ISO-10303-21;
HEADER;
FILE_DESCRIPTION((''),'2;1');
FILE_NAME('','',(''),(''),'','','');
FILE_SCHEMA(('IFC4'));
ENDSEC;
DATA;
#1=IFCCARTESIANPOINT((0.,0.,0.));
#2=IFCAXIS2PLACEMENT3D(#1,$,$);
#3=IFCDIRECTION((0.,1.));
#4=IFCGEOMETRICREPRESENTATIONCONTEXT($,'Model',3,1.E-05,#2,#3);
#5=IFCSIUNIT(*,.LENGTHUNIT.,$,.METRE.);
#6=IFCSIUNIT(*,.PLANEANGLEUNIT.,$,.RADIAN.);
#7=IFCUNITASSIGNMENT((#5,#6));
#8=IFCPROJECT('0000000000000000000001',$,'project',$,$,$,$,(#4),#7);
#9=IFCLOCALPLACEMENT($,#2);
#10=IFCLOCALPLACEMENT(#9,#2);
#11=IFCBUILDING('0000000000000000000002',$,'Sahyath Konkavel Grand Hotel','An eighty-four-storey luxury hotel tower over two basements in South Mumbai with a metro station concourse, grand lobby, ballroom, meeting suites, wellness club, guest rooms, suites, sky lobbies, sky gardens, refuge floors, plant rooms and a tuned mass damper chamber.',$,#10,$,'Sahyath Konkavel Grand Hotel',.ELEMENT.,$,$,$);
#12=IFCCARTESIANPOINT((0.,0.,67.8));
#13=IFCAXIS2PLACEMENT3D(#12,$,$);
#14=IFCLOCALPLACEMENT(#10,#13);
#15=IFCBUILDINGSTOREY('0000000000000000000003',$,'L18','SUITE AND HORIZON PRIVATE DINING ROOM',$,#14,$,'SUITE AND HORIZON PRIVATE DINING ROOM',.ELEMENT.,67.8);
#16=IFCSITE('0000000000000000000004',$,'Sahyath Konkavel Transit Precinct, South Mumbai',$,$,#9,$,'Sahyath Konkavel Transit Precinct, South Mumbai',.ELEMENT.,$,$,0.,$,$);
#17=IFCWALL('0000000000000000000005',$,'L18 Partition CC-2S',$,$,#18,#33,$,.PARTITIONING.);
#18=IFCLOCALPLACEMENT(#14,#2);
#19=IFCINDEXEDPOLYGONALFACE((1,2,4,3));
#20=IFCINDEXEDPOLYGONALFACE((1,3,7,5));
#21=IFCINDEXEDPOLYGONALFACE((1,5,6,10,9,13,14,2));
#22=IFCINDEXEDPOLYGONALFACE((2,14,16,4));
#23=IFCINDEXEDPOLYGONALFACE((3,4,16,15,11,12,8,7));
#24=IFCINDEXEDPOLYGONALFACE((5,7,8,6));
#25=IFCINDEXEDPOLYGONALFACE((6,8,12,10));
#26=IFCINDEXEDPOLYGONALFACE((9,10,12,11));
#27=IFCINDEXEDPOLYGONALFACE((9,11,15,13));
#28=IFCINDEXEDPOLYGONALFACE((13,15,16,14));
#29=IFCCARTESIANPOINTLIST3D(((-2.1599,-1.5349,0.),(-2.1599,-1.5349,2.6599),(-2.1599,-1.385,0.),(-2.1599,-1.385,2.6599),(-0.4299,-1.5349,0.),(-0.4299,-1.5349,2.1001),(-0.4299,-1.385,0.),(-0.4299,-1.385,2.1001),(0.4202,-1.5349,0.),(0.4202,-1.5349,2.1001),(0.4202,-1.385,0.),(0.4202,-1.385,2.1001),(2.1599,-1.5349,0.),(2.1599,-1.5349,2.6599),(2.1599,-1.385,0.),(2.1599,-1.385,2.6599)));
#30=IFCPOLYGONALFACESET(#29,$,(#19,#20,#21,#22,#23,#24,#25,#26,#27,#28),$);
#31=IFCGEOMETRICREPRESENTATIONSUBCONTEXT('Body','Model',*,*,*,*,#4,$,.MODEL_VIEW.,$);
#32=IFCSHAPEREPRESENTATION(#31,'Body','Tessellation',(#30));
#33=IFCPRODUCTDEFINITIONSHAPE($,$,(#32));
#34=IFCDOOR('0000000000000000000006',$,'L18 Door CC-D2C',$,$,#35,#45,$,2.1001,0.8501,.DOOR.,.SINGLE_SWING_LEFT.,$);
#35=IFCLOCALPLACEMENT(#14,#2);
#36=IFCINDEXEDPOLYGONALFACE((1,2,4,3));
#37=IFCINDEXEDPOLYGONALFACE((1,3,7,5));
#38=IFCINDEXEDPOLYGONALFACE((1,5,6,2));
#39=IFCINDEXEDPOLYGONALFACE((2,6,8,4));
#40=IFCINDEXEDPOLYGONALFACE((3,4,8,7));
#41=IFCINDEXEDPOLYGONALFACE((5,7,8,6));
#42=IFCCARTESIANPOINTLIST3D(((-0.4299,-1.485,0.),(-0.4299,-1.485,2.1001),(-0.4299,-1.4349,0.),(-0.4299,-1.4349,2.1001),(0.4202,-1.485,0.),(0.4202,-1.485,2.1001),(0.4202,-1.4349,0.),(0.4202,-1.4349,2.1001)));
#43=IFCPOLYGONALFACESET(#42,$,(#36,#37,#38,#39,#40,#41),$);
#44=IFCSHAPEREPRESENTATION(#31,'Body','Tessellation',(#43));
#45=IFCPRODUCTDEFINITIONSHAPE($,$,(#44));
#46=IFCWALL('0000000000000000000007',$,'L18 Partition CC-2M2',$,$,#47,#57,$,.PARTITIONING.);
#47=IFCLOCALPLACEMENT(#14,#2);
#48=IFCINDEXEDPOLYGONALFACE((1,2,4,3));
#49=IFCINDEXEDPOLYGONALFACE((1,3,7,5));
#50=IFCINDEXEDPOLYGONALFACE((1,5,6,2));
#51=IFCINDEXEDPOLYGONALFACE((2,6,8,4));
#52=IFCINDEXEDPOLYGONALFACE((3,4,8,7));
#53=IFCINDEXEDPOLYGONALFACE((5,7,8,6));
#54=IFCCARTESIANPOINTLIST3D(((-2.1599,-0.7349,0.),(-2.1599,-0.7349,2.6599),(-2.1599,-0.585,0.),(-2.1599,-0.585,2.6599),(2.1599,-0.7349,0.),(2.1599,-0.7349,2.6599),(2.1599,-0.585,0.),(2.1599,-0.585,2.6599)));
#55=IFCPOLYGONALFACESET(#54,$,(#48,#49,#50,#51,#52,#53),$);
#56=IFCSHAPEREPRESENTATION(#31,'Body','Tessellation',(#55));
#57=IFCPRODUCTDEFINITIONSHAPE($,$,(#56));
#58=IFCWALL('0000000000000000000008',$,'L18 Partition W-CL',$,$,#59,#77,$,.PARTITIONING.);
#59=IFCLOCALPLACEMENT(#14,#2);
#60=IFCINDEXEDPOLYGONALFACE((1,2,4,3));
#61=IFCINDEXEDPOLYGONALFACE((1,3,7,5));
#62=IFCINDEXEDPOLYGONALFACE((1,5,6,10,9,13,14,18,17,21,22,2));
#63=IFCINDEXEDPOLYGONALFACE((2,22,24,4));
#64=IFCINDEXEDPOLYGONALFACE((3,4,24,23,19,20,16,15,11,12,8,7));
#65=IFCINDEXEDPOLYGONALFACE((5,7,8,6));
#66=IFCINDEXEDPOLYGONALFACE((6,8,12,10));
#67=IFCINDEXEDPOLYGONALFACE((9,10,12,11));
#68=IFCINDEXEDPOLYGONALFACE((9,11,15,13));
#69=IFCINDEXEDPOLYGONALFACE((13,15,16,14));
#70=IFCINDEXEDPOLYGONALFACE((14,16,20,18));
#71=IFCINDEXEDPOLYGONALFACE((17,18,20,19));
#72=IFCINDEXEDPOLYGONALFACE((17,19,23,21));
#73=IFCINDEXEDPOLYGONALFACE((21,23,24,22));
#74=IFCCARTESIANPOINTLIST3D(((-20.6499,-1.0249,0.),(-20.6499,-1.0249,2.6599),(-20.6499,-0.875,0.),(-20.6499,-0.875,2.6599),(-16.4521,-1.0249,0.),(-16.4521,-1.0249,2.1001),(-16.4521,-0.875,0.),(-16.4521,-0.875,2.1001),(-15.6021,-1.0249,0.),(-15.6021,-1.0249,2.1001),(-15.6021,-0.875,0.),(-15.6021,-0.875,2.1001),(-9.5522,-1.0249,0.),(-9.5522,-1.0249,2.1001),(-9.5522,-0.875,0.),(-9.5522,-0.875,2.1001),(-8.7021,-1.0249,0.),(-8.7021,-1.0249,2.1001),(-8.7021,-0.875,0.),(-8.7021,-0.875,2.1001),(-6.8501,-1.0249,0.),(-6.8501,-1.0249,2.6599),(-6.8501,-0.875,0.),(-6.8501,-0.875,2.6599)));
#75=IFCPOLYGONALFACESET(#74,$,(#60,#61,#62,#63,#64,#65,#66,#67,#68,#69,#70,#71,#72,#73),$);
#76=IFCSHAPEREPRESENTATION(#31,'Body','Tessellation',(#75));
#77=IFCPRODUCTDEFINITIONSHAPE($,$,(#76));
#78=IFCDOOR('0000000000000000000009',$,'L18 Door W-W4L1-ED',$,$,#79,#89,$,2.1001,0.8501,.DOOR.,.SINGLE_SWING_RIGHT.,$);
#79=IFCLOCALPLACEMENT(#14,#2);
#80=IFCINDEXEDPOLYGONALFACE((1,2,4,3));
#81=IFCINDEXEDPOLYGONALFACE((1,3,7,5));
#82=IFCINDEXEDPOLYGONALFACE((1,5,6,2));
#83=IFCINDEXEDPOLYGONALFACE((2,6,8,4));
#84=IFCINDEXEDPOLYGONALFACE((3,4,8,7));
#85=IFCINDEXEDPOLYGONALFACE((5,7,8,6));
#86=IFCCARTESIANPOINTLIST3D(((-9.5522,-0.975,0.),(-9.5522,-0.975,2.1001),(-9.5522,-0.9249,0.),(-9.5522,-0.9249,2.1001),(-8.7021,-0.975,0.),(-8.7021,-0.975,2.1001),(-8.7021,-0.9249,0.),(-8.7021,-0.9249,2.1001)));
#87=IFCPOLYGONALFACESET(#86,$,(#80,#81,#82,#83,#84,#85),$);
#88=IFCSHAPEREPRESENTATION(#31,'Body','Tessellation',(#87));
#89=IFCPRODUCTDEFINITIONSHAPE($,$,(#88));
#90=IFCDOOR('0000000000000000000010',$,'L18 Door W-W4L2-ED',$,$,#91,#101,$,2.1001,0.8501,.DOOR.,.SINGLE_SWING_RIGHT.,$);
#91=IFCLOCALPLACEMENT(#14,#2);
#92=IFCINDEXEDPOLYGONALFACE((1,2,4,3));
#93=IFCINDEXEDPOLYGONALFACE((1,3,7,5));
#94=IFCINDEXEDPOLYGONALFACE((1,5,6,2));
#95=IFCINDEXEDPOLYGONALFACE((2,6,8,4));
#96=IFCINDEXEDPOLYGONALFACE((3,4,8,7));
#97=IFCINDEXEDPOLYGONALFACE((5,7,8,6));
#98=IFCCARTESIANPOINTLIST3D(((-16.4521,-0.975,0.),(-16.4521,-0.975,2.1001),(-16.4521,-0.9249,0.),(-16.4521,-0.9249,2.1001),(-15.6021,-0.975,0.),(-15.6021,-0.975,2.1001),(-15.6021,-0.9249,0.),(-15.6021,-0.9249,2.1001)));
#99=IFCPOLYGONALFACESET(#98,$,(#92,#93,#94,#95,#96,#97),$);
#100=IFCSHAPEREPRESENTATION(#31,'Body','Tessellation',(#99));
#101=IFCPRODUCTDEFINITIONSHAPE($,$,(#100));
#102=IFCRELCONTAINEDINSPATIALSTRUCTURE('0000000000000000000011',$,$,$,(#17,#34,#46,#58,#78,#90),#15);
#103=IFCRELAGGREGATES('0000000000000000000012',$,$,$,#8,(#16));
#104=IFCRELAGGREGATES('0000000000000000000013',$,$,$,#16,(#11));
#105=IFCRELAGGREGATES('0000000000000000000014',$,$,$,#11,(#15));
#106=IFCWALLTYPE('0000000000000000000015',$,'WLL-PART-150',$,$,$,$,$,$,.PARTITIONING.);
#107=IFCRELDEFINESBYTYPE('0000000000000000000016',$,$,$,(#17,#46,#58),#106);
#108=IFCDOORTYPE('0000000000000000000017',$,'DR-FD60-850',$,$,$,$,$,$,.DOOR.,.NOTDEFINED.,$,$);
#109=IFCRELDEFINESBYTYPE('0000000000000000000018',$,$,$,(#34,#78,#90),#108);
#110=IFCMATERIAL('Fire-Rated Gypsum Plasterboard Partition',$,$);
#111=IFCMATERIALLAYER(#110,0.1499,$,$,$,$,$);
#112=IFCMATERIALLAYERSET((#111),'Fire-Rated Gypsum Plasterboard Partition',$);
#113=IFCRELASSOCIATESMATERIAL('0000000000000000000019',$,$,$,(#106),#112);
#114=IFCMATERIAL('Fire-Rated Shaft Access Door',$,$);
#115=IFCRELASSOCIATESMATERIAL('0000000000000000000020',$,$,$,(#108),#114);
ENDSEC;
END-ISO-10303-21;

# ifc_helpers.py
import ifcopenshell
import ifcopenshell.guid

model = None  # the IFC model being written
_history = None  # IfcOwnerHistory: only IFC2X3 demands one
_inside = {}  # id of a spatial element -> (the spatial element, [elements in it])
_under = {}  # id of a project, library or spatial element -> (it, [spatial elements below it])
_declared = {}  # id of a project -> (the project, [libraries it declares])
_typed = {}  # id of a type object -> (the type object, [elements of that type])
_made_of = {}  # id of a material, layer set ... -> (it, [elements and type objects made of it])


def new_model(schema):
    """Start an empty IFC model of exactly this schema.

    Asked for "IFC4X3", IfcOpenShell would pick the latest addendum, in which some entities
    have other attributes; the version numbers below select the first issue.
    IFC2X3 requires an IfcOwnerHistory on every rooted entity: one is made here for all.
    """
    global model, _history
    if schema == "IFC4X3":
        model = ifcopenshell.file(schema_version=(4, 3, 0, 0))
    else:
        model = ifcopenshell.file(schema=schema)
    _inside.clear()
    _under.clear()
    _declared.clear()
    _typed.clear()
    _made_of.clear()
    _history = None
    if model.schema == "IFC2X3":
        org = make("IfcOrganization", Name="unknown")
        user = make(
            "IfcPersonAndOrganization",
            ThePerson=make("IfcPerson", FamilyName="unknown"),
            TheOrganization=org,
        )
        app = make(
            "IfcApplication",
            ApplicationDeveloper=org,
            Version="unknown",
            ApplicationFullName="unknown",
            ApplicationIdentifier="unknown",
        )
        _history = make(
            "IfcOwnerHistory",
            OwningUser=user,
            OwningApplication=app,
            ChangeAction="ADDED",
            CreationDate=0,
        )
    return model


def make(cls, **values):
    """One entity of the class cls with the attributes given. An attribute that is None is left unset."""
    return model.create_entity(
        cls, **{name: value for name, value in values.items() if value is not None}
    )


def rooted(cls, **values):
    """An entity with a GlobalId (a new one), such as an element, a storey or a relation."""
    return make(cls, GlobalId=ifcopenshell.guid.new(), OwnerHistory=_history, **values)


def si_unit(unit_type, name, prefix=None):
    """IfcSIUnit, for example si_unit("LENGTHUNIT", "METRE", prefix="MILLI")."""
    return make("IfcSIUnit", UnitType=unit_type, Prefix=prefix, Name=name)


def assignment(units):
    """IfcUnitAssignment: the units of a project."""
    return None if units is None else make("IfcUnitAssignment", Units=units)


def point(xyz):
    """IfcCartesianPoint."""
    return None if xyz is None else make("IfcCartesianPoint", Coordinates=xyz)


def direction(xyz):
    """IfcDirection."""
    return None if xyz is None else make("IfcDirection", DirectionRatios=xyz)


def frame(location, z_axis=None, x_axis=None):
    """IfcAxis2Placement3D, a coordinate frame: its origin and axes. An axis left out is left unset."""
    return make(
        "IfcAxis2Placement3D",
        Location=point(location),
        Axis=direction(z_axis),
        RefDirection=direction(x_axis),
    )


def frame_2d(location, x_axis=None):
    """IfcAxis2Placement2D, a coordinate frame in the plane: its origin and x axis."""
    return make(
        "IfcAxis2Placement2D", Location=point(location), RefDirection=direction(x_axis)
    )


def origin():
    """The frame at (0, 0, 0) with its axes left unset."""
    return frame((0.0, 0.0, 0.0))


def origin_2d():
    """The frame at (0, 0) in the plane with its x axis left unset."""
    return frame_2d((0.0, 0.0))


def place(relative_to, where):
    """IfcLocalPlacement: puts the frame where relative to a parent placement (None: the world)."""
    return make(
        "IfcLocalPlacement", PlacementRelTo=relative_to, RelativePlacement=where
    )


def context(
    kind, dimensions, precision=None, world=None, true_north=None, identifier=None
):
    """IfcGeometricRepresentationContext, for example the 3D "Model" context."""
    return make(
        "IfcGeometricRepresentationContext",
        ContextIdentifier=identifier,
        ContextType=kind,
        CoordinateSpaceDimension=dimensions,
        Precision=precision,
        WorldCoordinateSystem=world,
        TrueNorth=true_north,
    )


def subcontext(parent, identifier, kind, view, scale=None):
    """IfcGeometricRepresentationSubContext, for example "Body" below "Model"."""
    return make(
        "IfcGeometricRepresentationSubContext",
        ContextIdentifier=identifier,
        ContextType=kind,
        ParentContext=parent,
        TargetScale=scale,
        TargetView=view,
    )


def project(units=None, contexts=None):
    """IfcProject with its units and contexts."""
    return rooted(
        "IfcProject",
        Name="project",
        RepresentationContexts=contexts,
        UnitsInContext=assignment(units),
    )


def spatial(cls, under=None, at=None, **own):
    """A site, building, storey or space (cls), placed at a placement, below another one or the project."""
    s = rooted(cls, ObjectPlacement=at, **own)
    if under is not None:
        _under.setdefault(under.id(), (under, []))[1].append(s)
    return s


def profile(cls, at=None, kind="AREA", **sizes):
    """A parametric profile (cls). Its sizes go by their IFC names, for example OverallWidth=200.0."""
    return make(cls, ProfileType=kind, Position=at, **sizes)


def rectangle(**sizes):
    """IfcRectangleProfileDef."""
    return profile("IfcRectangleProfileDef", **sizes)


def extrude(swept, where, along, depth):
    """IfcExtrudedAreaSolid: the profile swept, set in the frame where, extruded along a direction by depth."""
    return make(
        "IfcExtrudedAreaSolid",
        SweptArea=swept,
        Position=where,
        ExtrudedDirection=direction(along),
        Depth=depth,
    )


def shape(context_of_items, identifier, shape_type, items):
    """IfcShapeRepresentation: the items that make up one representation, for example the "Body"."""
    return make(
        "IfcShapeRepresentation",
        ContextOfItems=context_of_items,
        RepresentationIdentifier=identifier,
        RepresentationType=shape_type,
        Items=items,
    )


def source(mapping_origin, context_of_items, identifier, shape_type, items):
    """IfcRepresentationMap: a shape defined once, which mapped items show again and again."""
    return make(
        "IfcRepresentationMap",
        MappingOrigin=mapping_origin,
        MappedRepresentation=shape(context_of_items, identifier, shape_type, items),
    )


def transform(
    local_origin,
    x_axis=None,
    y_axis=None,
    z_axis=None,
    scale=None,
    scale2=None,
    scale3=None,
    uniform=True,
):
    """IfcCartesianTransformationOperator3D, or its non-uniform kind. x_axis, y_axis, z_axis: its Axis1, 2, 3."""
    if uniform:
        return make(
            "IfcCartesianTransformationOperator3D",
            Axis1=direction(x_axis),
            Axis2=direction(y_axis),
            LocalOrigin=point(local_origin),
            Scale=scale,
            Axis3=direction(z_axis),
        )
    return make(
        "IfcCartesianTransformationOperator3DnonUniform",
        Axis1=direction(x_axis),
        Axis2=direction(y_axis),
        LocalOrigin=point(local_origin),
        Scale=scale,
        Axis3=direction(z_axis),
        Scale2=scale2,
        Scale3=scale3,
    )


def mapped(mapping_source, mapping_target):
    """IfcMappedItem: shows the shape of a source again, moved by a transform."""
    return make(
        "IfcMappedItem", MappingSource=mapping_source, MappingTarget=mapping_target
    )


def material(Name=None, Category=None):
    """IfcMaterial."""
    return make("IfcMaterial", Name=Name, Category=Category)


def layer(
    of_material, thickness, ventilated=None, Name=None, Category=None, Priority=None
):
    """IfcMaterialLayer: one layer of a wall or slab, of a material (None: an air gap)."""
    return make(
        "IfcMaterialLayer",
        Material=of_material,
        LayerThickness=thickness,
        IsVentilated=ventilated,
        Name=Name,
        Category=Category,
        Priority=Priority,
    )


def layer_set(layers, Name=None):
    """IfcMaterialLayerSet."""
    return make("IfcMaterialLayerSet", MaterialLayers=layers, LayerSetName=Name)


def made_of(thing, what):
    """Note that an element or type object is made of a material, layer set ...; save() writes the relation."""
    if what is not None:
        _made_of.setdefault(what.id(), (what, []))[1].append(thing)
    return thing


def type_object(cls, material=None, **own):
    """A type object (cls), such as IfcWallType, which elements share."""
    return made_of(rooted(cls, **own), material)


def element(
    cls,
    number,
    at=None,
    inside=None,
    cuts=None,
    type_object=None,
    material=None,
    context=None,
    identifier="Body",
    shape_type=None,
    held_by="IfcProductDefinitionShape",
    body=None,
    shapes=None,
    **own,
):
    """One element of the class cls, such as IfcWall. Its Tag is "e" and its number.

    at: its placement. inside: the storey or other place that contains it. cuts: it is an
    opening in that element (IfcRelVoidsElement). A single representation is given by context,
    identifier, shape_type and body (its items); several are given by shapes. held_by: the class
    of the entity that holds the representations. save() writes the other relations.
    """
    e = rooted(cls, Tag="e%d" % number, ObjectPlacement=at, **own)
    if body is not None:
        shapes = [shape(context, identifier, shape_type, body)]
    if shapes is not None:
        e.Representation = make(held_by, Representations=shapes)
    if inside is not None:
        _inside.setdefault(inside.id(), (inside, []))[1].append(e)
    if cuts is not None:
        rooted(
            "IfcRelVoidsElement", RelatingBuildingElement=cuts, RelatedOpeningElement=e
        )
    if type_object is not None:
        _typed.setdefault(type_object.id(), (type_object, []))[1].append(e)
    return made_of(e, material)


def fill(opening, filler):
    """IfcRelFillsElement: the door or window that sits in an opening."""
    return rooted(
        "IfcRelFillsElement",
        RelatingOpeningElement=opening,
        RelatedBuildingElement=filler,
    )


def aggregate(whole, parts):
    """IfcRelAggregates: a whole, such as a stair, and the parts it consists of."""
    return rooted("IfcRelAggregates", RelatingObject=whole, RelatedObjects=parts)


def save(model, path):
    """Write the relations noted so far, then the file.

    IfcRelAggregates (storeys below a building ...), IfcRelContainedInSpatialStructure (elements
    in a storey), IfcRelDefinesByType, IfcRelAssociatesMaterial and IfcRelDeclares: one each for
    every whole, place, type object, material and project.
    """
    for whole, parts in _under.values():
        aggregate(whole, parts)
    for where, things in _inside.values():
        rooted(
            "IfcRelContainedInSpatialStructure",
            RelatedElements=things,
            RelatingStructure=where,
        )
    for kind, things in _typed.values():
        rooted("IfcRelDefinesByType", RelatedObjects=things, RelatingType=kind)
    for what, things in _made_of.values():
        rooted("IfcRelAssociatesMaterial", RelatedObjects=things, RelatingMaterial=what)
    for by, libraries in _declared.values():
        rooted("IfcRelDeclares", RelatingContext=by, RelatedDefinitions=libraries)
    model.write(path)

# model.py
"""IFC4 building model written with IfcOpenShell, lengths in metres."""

from ifc_helpers import new_model, si_unit, direction, frame, frame_2d, origin, origin_2d, place, context, subcontext, project, spatial, rectangle, extrude, source, transform, mapped, material, layer, layer_set, type_object, element, fill, save


model = new_model("IFC4")

# Units and contexts
model_context = context("Model", 3, precision=1e-05, world=origin(), true_north=direction((0.0, 1.0)))
body_context = subcontext(model_context, "Body", "Model", "MODEL_VIEW")
ifc_project = project(units=[si_unit("LENGTHUNIT", "METRE"), si_unit("PLANEANGLEUNIT", "RADIAN")], contexts=[model_context])

# Site, building, storey
site_placement = place(None, origin())
site = spatial("IfcSite", under=ifc_project, at=site_placement, Name="Sahyath Konkavel Transit Precinct, South Mumbai", LongName="Sahyath Konkavel Transit Precinct, South Mumbai", CompositionType="ELEMENT", RefElevation=0.0)
building_placement = place(site_placement, origin())
building = spatial("IfcBuilding", under=site, at=building_placement, Name="Sahyath Konkavel Grand Hotel", Description="An eighty-four-storey luxury hotel tower over two basements in South Mumbai with a metro station concourse, grand lobby, ballroom, meeting suites, wellness club, guest rooms, suites, sky lobbies, sky gardens, refuge floors, plant rooms and a tuned mass damper chamber.", LongName="Sahyath Konkavel Grand Hotel", CompositionType="ELEMENT")
storey_placement = place(building_placement, frame((0.0, 0.0, 67.8)))
storey = spatial("IfcBuildingStorey", under=building, at=storey_placement, Name="L18", Description="SUITE AND HORIZON PRIVATE DINING ROOM", LongName="SUITE AND HORIZON PRIVATE DINING ROOM", CompositionType="ELEMENT", Elevation=67.8)

# Shared definitions
ifc_material_1 = material(Name="Fire-Rated Gypsum Plasterboard Partition")
ifc_layer_1 = layer(ifc_material_1, 0.1499)
ifc_layer_set_1 = layer_set([ifc_layer_1], Name="Fire-Rated Gypsum Plasterboard Partition")
wall_type_1 = type_object("IfcWallType", Name="WLL-PART-150", PredefinedType="PARTITIONING", material=ifc_layer_set_1)

# Wall, opening, door
wall_1_placement = place(storey_placement, frame((-2.1599, -1.46, 0.0), z_axis=(0.0, 0.0, 1.0), x_axis=(1.0, 0.0, 0.0)))
wall_1 = element("IfcWall", 1, at=wall_1_placement, inside=storey, type_object=wall_type_1, Name="L18 Partition CC-2S", PredefinedType="PARTITIONING", context=body_context, shape_type="SweptSolid", body=[
    extrude(rectangle(XDim=4.3198, YDim=0.1499, at=frame_2d((2.1599, 0.0))), origin(), (0.0, 0.0, 1.0), 2.6599),
])
opening_1_placement = place(wall_1_placement, frame((1.73, 0.0, 0.0)))
opening_1 = element("IfcOpeningElement", 2, at=opening_1_placement, cuts=wall_1, PredefinedType="OPENING", context=body_context, shape_type="SweptSolid", body=[
    extrude(rectangle(XDim=0.8501, YDim=2.1001, at=frame_2d((0.425, 1.05))), frame((0.0, 0.085, 0.0), z_axis=(0.0, -1.0, 0.0), x_axis=(1.0, 0.0, 0.0)), (0.0, 0.0, 1.0), 0.1699),
])
ifc_material_2 = material(Name="Fire-Rated Shaft Access Door")
door_type_1 = type_object("IfcDoorType", Name="DR-FD60-850", OperationType="NOTDEFINED", PredefinedType="DOOR", material=ifc_material_2)
shared_shape_1 = source(origin(), body_context, "Body", "SweptSolid", [
    extrude(rectangle(XDim=0.8501, YDim=0.05, at=origin_2d()), origin(), (0.0, 0.0, 1.0), 2.1001),
])
door_1_placement = place(opening_1_placement, frame((0.425, 0.0, 0.0)))
door_1 = element("IfcDoor", 3, at=door_1_placement, inside=storey, type_object=door_type_1, Name="L18 Door CC-D2C", OperationType="SINGLE_SWING_LEFT", OverallHeight=2.1001, OverallWidth=0.8501, PredefinedType="DOOR", context=body_context, shape_type="MappedRepresentation", body=[
    mapped(shared_shape_1, transform((0.0, 0.0, 0.0), scale=1.0)),
])
fill(opening_1, door_1)

# Wall
wall_2_placement = place(storey_placement, frame((-2.1599, -0.6599, 0.0), z_axis=(0.0, 0.0, 1.0), x_axis=(1.0, 0.0, 0.0)))
element("IfcWall", 4, at=wall_2_placement, inside=storey, type_object=wall_type_1, Name="L18 Partition CC-2M2", PredefinedType="PARTITIONING", context=body_context, shape_type="SweptSolid", body=[
    extrude(rectangle(XDim=4.3198, YDim=0.1499, at=frame_2d((2.1599, 0.0))), origin(), (0.0, 0.0, 1.0), 2.6599),
])

# Wall, openings, doors
wall_3_placement = place(storey_placement, frame((-6.8501, -0.95, 0.0), z_axis=(0.0, 0.0, 1.0), x_axis=(-1.0, 0.0, 0.0)))
wall_3 = element("IfcWall", 5, at=wall_3_placement, inside=storey, type_object=wall_type_1, Name="L18 Partition W-CL", PredefinedType="PARTITIONING", context=body_context, shape_type="SweptSolid", body=[
    extrude(rectangle(XDim=13.7998, YDim=0.1499, at=frame_2d((6.8999, 0.0))), origin(), (0.0, 0.0, 1.0), 2.6599),
])
opening_2_placement = place(wall_3_placement, frame((1.8521, 0.0, 0.0)))
opening_2 = element("IfcOpeningElement", 6, at=opening_2_placement, cuts=wall_3, PredefinedType="OPENING", context=body_context, shape_type="SweptSolid", body=[
    extrude(rectangle(XDim=0.8501, YDim=2.1001, at=frame_2d((0.425, 1.05))), frame((0.0, 0.085, 0.0), z_axis=(0.0, -1.0, 0.0), x_axis=(1.0, 0.0, 0.0)), (0.0, 0.0, 1.0), 0.1699),
])
opening_3_placement = place(wall_3_placement, frame((8.752, 0.0, 0.0)))
opening_3 = element("IfcOpeningElement", 7, at=opening_3_placement, cuts=wall_3, PredefinedType="OPENING", context=body_context, shape_type="SweptSolid", body=[
    extrude(rectangle(XDim=0.8501, YDim=2.1001, at=frame_2d((0.425, 1.05))), frame((0.0, 0.085, 0.0), z_axis=(0.0, -1.0, 0.0), x_axis=(1.0, 0.0, 0.0)), (0.0, 0.0, 1.0), 0.1699),
])
door_2_placement = place(opening_2_placement, frame((0.425, 0.0, 0.0)))
door_2 = element("IfcDoor", 8, at=door_2_placement, inside=storey, type_object=door_type_1, Name="L18 Door W-W4L1-ED", OperationType="SINGLE_SWING_RIGHT", OverallHeight=2.1001, OverallWidth=0.8501, PredefinedType="DOOR", context=body_context, shape_type="MappedRepresentation", body=[
    mapped(shared_shape_1, transform((0.0, 0.0, 0.0), scale=1.0)),
])
fill(opening_2, door_2)
door_3_placement = place(opening_3_placement, frame((0.425, 0.0, 0.0)))
door_3 = element("IfcDoor", 9, at=door_3_placement, inside=storey, type_object=door_type_1, Name="L18 Door W-W4L2-ED", OperationType="SINGLE_SWING_RIGHT", OverallHeight=2.1001, OverallWidth=0.8501, PredefinedType="DOOR", context=body_context, shape_type="MappedRepresentation", body=[
    mapped(shared_shape_1, transform((0.0, 0.0, 0.0), scale=1.0)),
])
fill(opening_3, door_3)

save(model, "model.ifc")
